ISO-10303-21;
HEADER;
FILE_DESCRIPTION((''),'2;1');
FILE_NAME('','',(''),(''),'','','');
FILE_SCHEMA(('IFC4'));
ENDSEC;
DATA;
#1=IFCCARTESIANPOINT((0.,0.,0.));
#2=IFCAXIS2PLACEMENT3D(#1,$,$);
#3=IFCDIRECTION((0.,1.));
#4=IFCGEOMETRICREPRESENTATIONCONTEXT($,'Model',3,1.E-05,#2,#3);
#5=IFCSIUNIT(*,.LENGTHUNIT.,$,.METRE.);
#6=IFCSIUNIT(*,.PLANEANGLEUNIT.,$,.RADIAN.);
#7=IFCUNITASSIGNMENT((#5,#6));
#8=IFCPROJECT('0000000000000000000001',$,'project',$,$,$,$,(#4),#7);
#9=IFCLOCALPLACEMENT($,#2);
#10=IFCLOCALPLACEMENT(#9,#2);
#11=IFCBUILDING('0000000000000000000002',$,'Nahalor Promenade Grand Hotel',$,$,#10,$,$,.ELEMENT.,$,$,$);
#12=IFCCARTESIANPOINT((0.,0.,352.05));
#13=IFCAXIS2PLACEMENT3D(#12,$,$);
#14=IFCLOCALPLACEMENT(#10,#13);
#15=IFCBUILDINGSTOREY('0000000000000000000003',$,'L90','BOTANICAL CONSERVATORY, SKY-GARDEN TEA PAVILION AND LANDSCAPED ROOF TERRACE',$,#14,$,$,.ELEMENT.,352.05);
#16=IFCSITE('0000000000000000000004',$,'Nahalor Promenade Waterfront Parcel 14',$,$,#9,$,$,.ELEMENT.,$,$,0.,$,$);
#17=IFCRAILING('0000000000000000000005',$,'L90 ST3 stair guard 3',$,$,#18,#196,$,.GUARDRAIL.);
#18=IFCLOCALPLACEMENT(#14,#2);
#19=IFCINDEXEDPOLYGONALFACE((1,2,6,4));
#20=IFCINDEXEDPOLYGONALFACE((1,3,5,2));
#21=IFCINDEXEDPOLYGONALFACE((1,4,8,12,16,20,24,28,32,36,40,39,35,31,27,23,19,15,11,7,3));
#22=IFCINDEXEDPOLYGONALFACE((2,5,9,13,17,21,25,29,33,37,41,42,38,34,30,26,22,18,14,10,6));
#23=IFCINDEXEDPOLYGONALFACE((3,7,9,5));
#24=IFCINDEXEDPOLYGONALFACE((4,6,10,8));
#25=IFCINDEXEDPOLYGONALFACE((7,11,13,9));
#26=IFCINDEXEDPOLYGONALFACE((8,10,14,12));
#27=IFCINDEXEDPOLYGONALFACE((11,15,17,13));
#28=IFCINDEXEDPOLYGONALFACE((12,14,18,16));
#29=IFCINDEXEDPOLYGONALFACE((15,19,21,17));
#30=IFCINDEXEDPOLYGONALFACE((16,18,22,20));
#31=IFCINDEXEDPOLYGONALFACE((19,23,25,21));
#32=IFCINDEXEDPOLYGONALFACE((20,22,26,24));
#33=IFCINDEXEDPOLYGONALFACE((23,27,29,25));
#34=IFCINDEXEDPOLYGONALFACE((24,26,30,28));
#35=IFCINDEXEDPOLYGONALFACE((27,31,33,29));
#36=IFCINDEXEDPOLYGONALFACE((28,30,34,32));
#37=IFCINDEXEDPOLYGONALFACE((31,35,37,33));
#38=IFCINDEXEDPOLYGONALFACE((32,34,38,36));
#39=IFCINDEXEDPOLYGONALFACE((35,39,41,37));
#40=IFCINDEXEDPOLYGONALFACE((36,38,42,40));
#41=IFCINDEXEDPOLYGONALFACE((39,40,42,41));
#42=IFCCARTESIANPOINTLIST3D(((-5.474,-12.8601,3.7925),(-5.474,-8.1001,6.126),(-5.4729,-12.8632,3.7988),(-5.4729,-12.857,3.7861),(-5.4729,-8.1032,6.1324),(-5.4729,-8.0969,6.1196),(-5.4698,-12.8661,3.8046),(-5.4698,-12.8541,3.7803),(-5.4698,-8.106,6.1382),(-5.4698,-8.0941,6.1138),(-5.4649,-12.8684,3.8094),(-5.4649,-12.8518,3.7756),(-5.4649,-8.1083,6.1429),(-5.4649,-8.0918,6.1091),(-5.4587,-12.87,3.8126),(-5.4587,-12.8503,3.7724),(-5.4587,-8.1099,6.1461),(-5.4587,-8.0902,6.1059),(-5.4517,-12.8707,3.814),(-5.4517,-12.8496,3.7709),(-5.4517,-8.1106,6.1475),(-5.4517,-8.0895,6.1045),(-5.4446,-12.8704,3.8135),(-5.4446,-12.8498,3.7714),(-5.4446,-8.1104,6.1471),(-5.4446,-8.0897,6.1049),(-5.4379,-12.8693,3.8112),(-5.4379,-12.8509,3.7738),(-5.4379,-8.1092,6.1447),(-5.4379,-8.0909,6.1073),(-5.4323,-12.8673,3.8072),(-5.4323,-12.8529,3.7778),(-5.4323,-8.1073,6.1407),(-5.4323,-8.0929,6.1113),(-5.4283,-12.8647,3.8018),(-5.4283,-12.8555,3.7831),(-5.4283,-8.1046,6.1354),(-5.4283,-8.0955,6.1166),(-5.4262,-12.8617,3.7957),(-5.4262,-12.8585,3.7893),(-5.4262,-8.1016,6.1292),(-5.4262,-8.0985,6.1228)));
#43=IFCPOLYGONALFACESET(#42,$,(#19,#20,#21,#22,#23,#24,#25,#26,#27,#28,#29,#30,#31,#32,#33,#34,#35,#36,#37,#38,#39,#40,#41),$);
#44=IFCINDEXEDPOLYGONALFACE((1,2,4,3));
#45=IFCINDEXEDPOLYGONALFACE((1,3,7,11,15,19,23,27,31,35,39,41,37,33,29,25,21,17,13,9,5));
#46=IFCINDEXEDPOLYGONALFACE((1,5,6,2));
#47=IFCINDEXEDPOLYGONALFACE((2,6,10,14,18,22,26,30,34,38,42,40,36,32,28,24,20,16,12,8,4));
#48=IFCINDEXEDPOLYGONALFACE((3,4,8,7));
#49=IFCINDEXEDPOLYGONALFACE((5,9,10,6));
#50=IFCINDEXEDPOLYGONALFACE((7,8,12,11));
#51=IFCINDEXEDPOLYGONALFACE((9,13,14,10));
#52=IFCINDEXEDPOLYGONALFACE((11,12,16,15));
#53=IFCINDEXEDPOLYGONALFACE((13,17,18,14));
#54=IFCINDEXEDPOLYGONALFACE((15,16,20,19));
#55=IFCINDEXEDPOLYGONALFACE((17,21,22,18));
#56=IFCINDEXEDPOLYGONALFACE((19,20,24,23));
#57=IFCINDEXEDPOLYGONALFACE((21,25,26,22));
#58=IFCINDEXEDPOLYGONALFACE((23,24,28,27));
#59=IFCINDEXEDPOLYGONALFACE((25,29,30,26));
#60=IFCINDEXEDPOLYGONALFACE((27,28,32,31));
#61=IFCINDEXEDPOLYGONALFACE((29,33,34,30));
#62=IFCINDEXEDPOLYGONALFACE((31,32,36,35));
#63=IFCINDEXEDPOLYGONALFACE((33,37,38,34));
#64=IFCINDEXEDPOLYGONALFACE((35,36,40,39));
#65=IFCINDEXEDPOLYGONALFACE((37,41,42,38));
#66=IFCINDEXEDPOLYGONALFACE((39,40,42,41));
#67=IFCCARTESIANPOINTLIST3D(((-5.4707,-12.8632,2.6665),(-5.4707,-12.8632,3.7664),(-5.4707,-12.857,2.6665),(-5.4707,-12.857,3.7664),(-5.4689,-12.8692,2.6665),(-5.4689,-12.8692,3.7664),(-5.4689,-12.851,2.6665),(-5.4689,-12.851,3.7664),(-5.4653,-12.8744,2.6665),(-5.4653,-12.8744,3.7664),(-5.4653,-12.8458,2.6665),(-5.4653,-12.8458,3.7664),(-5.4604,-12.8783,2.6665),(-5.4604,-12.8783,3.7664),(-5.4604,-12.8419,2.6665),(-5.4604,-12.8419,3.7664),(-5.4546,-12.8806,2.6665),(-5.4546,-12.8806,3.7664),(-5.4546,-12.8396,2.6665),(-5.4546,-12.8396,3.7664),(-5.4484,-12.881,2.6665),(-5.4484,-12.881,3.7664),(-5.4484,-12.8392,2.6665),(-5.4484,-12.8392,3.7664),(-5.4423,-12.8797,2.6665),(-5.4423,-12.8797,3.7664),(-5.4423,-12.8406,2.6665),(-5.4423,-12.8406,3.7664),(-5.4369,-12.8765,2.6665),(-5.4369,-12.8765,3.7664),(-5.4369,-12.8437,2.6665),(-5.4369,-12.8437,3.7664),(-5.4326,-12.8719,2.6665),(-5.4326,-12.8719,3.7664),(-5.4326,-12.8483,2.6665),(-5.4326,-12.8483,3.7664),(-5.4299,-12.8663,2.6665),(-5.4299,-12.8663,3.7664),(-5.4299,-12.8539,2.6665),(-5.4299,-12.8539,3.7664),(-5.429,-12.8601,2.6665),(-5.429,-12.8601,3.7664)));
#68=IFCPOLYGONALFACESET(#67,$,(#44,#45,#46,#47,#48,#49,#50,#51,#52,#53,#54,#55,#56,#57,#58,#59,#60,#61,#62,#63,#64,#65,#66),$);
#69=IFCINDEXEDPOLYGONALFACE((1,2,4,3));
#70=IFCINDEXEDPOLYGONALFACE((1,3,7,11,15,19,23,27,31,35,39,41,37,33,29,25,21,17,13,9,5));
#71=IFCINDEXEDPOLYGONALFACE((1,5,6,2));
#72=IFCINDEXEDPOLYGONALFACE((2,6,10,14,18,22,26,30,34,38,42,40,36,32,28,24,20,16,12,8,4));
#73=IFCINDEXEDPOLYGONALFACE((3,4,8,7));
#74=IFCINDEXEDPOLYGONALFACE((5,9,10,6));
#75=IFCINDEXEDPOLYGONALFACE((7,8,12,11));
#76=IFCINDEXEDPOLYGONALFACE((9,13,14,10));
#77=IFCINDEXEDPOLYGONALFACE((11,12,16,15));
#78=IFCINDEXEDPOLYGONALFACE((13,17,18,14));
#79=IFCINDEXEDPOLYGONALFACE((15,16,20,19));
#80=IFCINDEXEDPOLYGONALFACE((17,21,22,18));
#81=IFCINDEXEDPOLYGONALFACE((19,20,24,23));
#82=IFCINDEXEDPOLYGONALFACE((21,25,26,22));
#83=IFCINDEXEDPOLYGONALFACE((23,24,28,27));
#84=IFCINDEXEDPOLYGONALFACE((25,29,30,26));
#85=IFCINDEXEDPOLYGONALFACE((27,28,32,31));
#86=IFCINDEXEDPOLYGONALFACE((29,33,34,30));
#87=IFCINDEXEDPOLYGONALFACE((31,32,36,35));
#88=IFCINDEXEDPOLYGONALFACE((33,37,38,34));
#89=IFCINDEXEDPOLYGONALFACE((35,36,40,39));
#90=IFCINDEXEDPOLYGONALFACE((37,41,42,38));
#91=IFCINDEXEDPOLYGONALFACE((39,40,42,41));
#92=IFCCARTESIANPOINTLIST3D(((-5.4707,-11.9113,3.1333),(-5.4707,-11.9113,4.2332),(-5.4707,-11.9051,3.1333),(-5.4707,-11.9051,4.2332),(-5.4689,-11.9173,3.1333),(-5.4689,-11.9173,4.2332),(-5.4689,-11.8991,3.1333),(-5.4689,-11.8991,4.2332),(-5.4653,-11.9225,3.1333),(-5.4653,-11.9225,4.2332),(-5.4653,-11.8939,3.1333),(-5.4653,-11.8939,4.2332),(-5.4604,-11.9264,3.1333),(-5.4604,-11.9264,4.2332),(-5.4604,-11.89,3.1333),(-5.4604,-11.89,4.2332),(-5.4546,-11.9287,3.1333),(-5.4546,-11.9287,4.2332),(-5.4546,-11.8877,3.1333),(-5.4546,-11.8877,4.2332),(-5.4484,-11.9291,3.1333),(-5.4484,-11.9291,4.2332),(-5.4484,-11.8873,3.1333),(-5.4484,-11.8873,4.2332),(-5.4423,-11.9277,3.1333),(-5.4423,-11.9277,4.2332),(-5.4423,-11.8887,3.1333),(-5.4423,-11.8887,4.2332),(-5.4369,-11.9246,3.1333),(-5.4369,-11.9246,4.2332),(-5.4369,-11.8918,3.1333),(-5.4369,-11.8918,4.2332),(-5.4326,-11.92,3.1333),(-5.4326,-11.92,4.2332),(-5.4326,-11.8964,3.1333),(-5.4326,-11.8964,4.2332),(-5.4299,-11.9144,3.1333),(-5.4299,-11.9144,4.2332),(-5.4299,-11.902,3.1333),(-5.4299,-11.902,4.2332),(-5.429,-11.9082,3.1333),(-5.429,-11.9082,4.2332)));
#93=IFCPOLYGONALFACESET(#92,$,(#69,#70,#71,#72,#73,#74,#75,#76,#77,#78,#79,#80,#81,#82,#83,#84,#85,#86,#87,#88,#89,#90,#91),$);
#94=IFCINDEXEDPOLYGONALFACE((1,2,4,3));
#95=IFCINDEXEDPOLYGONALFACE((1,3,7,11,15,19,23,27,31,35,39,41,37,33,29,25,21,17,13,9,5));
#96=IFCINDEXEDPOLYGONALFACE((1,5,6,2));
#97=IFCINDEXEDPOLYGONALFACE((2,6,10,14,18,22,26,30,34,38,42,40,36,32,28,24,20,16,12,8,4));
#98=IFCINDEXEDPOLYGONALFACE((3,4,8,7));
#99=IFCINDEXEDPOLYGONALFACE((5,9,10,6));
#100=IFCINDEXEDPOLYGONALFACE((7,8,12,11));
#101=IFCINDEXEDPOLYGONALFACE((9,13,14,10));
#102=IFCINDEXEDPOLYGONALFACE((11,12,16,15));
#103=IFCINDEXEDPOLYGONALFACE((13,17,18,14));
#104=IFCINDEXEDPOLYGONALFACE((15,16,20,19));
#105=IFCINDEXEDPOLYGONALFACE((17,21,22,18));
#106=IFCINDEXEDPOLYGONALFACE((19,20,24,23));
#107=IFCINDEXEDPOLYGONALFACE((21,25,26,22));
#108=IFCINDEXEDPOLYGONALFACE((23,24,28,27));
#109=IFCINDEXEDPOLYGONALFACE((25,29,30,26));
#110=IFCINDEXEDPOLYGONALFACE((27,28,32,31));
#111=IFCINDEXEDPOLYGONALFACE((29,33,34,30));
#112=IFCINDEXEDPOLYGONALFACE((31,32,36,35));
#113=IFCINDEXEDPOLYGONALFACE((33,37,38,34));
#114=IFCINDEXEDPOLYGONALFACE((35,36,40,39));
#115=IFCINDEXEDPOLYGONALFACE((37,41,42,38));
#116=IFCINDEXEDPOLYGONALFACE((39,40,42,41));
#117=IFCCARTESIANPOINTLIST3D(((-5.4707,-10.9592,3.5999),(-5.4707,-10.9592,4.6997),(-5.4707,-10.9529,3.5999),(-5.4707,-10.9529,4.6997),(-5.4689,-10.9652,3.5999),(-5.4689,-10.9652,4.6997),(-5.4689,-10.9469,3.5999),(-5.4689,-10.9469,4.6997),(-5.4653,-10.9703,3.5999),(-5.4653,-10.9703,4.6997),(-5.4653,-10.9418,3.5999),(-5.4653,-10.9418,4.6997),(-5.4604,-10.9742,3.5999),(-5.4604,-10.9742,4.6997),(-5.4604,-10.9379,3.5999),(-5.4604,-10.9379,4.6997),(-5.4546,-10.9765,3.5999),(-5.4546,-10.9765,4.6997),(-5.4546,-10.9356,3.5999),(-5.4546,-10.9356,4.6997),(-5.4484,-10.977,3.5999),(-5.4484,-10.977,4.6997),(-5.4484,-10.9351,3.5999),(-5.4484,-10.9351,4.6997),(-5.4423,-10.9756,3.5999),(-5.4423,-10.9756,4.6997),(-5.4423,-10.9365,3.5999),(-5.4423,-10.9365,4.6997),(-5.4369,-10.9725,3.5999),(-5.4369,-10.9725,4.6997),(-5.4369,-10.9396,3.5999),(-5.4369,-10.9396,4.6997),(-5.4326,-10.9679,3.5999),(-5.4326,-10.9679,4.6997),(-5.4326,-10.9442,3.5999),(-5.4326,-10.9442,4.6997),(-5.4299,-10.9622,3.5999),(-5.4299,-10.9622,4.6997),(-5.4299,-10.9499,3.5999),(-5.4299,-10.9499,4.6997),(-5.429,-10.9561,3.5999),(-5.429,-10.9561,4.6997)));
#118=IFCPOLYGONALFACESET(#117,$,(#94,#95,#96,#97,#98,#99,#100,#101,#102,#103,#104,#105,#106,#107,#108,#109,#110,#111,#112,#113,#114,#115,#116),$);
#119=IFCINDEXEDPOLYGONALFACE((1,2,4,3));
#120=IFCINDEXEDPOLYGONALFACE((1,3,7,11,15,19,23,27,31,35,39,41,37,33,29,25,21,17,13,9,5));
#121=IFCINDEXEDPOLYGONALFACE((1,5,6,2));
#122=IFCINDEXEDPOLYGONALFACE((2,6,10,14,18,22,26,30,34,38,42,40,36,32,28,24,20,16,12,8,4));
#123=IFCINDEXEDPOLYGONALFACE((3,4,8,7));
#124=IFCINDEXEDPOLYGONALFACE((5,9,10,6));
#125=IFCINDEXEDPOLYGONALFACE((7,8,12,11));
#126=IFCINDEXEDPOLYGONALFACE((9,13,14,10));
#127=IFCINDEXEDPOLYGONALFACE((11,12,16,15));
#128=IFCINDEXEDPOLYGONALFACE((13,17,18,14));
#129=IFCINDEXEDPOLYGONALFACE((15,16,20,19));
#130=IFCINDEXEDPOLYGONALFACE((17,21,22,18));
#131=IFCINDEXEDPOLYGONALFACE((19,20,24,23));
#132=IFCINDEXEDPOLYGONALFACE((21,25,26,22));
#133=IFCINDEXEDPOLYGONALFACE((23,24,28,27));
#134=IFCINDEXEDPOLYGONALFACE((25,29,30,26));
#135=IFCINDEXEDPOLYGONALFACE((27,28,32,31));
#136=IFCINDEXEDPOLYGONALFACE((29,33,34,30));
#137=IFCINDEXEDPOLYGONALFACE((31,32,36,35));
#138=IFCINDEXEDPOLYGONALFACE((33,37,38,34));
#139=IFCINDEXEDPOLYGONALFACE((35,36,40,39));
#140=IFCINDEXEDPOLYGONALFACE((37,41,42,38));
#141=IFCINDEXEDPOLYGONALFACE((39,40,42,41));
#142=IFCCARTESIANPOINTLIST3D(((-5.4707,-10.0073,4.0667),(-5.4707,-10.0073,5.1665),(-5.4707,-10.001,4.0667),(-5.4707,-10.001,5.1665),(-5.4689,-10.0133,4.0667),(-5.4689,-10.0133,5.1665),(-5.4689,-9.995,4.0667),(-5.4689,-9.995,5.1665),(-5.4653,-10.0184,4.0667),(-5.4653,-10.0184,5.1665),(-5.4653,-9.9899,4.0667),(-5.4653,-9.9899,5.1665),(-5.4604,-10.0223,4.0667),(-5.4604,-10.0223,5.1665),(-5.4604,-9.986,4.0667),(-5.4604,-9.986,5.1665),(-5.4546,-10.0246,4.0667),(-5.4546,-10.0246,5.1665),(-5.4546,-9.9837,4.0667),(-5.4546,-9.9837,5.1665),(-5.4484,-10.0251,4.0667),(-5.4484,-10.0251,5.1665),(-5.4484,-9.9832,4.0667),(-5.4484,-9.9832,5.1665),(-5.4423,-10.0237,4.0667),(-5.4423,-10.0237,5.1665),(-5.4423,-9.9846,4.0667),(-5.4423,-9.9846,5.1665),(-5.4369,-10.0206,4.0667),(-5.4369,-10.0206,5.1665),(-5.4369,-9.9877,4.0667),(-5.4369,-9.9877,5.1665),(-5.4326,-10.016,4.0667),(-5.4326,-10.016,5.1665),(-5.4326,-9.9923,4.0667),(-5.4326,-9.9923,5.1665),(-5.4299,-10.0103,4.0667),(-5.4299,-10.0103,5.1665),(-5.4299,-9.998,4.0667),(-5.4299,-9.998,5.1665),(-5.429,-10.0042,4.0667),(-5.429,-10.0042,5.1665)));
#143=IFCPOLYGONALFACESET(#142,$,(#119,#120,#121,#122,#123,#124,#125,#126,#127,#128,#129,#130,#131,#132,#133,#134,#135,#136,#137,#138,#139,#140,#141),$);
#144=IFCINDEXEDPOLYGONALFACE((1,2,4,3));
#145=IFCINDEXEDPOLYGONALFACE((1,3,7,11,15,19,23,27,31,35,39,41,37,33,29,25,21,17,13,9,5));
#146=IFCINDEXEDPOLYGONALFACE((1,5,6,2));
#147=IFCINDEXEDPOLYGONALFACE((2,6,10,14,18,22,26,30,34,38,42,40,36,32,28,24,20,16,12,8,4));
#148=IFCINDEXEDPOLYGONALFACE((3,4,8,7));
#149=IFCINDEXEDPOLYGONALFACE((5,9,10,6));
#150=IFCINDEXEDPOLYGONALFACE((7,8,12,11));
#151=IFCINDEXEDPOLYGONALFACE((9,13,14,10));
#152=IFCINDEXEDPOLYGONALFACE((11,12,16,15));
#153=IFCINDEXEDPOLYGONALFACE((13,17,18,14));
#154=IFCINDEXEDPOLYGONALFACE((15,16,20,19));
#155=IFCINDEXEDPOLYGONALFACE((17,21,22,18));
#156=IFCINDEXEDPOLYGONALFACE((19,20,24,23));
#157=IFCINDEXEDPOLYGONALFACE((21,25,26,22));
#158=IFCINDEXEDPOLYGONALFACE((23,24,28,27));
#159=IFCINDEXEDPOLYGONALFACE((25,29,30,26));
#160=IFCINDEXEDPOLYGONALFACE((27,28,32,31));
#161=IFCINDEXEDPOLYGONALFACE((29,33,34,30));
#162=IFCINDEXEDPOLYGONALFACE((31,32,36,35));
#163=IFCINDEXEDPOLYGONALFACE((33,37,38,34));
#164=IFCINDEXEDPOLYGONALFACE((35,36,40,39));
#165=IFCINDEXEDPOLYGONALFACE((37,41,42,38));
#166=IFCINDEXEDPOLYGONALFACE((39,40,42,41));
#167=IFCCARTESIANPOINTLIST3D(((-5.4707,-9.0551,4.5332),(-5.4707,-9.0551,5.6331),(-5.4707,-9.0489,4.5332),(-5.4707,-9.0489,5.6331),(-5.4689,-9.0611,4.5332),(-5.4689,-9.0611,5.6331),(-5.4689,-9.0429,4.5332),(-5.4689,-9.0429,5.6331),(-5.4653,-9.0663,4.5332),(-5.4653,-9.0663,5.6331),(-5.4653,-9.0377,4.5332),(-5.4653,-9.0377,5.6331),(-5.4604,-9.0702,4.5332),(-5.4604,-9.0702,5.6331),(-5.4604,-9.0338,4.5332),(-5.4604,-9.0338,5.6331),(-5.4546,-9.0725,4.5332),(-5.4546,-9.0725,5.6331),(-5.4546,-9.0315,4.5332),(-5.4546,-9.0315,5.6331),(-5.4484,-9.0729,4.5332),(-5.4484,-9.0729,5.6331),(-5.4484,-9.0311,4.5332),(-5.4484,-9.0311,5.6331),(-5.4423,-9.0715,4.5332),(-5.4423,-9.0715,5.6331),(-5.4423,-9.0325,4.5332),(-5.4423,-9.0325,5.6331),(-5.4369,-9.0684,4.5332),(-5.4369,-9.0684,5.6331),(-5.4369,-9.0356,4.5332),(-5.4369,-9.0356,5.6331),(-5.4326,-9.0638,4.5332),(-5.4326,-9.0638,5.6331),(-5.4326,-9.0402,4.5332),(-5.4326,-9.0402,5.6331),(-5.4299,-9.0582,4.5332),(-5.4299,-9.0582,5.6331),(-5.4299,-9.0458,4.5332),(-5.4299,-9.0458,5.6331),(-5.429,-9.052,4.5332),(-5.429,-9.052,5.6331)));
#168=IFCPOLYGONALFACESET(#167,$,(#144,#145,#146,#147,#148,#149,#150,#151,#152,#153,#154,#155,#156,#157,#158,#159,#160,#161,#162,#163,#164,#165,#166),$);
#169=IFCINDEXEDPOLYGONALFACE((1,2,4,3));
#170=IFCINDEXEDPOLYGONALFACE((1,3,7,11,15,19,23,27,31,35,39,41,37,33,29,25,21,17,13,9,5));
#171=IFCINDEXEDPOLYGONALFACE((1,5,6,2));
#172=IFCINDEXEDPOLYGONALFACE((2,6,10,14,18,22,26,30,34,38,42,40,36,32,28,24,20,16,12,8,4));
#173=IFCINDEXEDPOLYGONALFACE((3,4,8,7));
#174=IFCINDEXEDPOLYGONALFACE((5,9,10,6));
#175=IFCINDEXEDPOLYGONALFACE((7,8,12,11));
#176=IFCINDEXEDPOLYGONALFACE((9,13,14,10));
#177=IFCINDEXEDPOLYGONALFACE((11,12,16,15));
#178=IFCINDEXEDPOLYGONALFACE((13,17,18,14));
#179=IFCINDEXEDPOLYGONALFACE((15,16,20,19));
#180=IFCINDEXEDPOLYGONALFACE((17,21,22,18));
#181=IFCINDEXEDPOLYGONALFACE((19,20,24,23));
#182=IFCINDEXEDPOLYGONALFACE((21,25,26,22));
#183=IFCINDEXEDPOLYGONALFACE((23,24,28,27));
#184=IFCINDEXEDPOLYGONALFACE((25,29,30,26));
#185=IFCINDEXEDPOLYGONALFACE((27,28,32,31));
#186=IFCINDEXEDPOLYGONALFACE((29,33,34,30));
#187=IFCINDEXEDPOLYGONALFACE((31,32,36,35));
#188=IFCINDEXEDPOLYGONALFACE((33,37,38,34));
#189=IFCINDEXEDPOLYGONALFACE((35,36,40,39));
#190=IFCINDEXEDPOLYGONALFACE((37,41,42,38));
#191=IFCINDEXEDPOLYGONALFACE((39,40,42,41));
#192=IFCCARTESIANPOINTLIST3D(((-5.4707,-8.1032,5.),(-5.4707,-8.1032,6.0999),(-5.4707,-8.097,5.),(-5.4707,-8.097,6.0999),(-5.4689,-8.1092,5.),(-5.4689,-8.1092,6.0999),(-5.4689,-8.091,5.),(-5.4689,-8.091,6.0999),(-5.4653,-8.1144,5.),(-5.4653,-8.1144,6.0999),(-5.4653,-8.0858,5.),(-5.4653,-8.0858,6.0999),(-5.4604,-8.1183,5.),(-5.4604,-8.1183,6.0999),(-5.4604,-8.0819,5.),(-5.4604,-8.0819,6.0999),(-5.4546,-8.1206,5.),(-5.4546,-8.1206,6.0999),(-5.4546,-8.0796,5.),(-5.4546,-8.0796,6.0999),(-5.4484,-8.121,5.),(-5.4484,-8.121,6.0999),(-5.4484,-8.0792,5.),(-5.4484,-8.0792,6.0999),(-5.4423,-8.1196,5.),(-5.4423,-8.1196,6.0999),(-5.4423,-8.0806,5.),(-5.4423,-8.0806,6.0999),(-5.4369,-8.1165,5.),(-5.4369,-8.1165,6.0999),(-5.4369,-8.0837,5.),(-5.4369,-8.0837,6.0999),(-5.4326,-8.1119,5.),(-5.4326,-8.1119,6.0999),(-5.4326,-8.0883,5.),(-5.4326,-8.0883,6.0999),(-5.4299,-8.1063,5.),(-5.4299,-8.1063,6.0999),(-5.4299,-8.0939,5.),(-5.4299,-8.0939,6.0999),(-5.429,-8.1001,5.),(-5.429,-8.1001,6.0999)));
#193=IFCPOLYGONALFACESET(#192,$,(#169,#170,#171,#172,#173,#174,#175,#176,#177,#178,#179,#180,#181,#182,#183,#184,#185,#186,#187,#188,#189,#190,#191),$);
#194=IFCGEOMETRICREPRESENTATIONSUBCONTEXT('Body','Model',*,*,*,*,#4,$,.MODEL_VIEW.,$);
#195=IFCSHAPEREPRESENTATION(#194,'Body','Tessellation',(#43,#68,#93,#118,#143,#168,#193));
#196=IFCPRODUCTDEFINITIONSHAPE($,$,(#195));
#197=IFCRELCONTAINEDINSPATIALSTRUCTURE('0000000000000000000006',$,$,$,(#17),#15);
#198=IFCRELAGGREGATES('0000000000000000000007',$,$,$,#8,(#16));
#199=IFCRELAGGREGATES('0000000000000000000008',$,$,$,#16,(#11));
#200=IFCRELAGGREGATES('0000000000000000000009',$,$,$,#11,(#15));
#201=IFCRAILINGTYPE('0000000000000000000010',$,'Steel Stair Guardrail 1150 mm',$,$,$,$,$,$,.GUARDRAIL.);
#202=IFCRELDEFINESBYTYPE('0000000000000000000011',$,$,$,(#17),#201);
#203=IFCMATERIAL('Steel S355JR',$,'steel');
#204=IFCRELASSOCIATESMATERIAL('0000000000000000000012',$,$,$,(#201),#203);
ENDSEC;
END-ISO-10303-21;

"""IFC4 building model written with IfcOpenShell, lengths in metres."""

from ifc_helpers import new_model, si_unit, direction, frame, origin, origin_2d, place, context, subcontext, project, spatial, circle, extrude, material, type_object, element, save


model = new_model("IFC4")

# Units and contexts
model_context = context("Model", 3, precision=1e-05, world=origin(), true_north=direction((0.0, 1.0)))
body_context = subcontext(model_context, "Body", "Model", "MODEL_VIEW")
ifc_project = project(units=[si_unit("LENGTHUNIT", "METRE"), si_unit("PLANEANGLEUNIT", "RADIAN")], contexts=[model_context])

# Site, building, storey
site_placement = place(None, origin())
site = spatial("IfcSite", under=ifc_project, at=site_placement, Name="Nahalor Promenade Waterfront Parcel 14", CompositionType="ELEMENT", RefElevation=0.0)
building_placement = place(site_placement, origin())
building = spatial("IfcBuilding", under=site, at=building_placement, Name="Nahalor Promenade Grand Hotel", CompositionType="ELEMENT")
storey_placement = place(building_placement, frame((0.0, 0.0, 352.05)))
storey = spatial("IfcBuildingStorey", under=building, at=storey_placement, Name="L90", Description="BOTANICAL CONSERVATORY, SKY-GARDEN TEA PAVILION AND LANDSCAPED ROOF TERRACE", CompositionType="ELEMENT", Elevation=352.05)

# Shared definitions
ifc_material_1 = material(Name="Steel S355JR", Category="steel")

# Railing
railing_type_1 = type_object("IfcRailingType", Name="Steel Stair Guardrail 1150 mm", PredefinedType="GUARDRAIL", material=ifc_material_1)
railing_1_placement = place(storey_placement, frame((-5.45, -12.8601, 2.6665)))
element("IfcRailing", 1, at=railing_1_placement, inside=storey, type_object=railing_type_1, Name="L90 ST3 stair guard 3", PredefinedType="GUARDRAIL", context=body_context, shape_type="SweptSolid", body=[
    extrude(circle(Radius=0.024, at=origin_2d()), frame((0.0, 0.0, 1.126), z_axis=(0.0, 0.897909, 0.440181), x_axis=(-1.0, 0.0, 0.0)), (0.0, 0.0, 1.0), 5.3013),
    extrude(circle(Radius=0.021, at=origin_2d()), origin(), (0.0, 0.0, 1.0), 1.0999),
    extrude(circle(Radius=0.021, at=origin_2d()), frame((0.0, 0.9519, 0.4668)), (0.0, 0.0, 1.0), 1.0999),
    extrude(circle(Radius=0.021, at=origin_2d()), frame((0.0, 1.9041, 0.9333)), (0.0, 0.0, 1.0), 1.0999),
    extrude(circle(Radius=0.021, at=origin_2d()), frame((0.0, 2.856, 1.4001)), (0.0, 0.0, 1.0), 1.0999),
    extrude(circle(Radius=0.021, at=origin_2d()), frame((0.0, 3.8081, 1.8667)), (0.0, 0.0, 1.0), 1.0999),
    extrude(circle(Radius=0.021, at=origin_2d()), frame((0.0, 4.76, 2.3335)), (0.0, 0.0, 1.0), 1.0999),
])

save(model, "model.ifc")
